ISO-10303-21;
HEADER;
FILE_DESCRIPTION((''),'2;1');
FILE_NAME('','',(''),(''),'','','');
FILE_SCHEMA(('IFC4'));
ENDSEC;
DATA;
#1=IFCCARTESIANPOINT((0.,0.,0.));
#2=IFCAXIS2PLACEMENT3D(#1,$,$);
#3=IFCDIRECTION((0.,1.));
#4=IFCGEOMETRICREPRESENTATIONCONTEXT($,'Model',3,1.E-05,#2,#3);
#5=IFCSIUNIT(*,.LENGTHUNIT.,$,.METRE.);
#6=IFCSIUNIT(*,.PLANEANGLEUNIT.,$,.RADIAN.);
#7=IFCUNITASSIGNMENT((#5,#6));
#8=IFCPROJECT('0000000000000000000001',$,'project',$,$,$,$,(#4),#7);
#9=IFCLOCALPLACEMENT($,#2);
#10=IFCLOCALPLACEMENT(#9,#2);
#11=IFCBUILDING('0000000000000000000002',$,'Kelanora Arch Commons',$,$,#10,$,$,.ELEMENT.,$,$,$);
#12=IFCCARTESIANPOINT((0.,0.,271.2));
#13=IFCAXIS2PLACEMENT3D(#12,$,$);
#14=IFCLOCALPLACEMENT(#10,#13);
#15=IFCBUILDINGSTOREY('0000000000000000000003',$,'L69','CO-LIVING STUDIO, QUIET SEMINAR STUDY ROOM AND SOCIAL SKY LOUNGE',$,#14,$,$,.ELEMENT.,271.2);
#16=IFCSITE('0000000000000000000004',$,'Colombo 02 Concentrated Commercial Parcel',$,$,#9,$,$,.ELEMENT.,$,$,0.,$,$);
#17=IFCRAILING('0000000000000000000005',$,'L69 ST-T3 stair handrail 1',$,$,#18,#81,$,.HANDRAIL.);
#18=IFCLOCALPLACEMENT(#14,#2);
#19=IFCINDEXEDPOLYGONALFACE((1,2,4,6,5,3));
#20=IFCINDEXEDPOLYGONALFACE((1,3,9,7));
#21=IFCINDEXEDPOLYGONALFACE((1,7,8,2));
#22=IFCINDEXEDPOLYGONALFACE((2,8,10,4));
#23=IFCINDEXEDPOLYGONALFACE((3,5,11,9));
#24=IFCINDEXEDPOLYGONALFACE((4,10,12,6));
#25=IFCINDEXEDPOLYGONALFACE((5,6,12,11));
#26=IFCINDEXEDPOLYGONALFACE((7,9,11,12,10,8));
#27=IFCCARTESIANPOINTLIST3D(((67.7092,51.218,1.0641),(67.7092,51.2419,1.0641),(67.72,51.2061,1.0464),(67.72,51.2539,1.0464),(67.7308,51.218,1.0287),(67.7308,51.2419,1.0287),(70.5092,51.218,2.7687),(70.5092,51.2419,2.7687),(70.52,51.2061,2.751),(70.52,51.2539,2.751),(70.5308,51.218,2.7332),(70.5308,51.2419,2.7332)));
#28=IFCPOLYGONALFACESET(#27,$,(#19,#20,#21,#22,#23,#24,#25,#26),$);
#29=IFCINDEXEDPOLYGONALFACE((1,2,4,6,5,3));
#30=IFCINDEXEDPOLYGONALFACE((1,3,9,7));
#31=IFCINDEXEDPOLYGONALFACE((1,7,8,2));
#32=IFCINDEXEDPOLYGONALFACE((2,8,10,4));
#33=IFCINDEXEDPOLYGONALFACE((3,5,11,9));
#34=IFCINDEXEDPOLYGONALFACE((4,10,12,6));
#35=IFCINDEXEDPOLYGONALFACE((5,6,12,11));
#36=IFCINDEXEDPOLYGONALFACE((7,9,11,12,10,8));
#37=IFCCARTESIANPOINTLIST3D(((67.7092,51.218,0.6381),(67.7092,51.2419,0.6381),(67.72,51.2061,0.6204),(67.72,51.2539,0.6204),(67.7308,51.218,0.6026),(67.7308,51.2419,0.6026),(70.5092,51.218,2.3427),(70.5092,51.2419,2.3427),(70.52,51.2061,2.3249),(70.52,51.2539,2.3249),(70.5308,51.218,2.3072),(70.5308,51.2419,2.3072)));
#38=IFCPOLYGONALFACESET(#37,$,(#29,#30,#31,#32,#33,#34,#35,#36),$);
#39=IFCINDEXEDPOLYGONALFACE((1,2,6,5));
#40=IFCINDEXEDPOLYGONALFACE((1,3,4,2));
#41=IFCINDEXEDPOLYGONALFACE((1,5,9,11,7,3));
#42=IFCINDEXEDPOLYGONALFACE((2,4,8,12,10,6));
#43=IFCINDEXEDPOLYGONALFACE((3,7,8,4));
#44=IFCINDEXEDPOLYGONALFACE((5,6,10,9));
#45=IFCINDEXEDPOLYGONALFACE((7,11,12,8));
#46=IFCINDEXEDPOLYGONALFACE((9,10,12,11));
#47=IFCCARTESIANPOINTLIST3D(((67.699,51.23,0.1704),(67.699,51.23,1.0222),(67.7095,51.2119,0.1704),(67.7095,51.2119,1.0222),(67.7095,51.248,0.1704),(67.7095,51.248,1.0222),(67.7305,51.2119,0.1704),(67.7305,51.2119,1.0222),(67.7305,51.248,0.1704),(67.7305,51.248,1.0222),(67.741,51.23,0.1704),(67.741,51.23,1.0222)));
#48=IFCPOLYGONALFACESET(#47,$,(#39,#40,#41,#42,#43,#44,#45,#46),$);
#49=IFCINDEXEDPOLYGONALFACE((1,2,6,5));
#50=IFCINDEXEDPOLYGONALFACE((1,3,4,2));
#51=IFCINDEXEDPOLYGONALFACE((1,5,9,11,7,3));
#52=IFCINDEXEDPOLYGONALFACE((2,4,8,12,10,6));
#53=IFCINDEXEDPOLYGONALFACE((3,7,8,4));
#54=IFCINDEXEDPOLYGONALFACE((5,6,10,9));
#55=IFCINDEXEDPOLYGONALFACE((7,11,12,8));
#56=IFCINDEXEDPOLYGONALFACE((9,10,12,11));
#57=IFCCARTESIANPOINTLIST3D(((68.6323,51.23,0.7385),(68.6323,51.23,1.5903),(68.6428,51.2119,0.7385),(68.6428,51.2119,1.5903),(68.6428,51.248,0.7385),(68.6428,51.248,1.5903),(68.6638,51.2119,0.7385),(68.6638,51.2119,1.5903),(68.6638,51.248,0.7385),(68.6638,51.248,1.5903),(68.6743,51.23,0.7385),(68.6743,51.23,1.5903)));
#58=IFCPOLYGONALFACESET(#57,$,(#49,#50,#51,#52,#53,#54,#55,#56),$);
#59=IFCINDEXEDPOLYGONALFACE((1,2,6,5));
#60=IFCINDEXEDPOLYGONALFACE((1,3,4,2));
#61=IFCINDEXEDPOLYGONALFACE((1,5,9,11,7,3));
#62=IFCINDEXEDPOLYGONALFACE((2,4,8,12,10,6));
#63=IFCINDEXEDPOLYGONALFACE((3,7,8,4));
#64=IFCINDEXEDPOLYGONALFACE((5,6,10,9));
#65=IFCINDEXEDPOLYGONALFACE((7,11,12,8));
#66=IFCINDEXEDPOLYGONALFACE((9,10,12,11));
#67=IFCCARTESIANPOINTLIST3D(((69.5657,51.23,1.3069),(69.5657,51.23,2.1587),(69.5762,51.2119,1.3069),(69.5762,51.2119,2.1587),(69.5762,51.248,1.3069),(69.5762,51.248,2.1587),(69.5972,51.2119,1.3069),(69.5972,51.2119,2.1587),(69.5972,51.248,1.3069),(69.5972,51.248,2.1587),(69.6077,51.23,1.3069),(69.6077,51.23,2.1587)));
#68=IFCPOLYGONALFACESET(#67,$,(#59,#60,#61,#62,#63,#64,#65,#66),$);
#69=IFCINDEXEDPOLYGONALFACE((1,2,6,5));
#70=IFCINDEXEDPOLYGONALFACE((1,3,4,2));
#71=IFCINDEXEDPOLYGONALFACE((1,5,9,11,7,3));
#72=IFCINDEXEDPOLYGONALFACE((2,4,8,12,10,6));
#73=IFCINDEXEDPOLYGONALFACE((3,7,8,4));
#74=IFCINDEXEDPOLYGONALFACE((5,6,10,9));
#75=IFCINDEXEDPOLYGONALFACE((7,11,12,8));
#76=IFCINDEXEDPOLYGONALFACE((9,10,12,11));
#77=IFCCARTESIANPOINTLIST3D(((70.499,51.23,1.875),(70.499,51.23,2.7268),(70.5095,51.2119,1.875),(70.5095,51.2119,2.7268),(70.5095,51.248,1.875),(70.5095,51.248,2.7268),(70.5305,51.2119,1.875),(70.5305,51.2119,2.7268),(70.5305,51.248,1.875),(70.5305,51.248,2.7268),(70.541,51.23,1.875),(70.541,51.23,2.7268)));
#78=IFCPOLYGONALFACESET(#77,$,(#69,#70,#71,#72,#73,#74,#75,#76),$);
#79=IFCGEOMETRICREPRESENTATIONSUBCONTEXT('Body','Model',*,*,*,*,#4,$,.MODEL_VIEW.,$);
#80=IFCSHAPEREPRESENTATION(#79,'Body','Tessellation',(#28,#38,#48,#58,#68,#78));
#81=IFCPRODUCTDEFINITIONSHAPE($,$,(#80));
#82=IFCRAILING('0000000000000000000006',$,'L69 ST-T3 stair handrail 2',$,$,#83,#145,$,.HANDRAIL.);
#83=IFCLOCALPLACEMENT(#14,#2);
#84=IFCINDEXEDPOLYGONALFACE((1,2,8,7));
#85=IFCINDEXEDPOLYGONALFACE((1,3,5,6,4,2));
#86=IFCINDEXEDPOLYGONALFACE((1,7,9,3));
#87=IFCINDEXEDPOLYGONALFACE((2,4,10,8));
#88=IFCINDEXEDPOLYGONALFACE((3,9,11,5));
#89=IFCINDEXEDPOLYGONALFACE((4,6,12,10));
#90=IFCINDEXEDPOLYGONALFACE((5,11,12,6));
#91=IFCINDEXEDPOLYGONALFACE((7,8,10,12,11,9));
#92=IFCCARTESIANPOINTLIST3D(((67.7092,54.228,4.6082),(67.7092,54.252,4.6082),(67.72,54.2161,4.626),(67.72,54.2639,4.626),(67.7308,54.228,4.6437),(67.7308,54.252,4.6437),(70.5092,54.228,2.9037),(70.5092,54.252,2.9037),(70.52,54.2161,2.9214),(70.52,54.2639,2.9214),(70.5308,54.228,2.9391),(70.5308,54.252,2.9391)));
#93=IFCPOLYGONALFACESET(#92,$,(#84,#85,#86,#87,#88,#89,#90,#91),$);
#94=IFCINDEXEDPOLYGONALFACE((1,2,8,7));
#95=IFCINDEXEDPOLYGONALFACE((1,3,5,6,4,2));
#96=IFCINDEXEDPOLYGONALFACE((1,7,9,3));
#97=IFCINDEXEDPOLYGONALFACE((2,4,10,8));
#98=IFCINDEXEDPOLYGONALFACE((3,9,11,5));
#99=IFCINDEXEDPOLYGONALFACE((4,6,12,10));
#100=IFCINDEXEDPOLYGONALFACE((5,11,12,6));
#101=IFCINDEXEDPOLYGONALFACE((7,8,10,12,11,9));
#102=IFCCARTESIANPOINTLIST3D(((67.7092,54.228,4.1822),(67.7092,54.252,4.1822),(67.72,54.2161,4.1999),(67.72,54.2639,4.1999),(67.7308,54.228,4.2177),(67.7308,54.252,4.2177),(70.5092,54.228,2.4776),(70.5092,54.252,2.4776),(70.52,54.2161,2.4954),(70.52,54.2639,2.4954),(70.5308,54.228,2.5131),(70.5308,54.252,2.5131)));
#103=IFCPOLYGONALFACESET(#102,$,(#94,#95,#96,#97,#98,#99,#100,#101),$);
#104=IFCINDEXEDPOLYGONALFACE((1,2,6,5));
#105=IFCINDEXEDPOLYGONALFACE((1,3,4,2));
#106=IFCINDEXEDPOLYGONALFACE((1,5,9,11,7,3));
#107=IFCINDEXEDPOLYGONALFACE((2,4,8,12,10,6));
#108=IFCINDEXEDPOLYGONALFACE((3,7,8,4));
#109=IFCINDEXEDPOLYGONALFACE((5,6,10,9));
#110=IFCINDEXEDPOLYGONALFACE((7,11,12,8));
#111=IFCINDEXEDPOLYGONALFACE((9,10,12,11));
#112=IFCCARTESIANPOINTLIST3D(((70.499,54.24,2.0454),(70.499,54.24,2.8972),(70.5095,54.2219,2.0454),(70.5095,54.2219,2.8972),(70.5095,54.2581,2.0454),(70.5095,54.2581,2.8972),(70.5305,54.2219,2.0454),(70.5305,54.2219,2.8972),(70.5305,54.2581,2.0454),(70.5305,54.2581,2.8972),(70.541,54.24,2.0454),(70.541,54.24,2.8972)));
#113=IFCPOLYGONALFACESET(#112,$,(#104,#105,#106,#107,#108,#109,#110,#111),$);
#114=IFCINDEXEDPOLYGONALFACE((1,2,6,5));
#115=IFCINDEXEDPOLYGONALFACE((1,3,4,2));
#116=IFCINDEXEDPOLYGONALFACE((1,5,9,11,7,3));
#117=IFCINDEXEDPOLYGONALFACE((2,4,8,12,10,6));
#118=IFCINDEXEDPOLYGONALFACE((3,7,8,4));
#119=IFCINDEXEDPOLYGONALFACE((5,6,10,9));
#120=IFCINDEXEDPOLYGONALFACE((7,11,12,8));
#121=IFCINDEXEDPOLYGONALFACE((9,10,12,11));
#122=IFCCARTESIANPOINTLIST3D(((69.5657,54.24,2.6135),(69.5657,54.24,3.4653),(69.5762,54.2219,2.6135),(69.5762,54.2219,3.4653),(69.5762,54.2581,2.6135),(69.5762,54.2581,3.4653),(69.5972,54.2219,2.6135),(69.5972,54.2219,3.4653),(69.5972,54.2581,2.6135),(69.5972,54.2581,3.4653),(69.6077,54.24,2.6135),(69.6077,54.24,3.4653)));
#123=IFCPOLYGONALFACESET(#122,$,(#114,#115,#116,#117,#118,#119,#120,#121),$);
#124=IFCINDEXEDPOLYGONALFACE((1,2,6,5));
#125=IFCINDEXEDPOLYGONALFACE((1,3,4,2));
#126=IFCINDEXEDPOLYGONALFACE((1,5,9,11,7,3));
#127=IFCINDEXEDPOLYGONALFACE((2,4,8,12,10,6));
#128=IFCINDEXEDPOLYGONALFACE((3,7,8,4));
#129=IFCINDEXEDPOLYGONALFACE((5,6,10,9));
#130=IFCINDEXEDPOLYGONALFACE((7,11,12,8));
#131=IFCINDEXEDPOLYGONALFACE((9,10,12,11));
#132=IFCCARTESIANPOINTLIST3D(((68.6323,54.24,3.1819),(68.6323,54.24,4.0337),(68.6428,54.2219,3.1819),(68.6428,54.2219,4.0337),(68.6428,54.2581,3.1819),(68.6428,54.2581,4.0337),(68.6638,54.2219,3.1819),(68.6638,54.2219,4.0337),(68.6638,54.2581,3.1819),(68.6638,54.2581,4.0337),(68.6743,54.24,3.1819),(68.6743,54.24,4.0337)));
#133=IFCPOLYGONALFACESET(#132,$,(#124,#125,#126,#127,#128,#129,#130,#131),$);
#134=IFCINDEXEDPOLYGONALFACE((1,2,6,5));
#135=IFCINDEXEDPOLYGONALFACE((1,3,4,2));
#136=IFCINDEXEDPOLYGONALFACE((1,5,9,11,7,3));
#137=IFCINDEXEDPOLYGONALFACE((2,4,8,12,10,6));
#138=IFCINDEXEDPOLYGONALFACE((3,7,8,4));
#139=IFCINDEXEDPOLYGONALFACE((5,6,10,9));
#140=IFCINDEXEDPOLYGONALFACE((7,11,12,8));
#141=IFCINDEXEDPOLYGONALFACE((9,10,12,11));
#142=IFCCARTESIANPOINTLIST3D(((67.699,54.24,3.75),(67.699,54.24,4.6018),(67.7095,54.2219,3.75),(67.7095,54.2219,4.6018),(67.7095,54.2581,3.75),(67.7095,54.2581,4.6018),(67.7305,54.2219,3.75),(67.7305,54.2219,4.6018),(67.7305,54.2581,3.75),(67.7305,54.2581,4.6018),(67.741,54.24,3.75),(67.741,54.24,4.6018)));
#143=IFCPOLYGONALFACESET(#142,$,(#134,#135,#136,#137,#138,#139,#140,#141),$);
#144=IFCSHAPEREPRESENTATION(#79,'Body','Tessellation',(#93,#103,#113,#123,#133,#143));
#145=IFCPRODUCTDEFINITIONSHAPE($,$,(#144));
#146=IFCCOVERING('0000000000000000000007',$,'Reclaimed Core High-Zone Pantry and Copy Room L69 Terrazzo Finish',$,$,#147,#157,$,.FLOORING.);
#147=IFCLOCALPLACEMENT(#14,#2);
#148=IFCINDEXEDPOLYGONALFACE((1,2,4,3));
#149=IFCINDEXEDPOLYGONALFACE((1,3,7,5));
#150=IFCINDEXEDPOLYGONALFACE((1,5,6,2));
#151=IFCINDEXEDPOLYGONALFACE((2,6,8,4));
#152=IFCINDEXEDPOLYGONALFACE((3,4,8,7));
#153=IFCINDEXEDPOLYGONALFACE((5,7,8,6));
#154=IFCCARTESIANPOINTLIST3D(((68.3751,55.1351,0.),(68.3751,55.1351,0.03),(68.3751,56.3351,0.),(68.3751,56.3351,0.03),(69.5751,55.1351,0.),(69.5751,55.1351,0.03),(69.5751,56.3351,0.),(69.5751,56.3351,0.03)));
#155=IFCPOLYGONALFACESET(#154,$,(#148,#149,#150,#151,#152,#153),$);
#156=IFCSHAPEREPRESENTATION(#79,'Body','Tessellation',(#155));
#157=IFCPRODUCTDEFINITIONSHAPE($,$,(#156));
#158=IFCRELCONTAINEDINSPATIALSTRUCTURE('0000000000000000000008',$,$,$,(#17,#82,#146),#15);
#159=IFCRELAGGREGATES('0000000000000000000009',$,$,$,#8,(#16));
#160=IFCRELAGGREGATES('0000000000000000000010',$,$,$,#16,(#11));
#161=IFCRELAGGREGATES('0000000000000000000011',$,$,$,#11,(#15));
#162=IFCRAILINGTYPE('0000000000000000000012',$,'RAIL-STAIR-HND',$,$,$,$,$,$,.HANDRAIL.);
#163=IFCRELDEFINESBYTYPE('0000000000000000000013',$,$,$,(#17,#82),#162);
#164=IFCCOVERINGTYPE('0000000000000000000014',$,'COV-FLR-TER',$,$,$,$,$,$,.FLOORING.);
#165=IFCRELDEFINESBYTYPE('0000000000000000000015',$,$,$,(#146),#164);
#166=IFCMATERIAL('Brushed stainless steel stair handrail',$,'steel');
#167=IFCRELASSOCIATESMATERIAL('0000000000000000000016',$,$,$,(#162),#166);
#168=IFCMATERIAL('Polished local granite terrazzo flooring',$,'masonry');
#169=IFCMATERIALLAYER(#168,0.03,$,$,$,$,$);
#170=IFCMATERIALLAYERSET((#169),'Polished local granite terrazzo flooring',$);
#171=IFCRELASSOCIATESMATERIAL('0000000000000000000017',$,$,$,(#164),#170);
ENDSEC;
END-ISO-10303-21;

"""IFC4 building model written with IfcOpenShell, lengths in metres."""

from ifc_helpers import new_model, si_unit, direction, frame, origin, origin_2d, place, context, subcontext, project, spatial, polyline, rectangle, outline, extrude, source, transform, mapped, material, layer, layer_set, type_object, element, save


model = new_model("IFC4")

# Units and contexts
model_context = context("Model", 3, precision=1e-05, world=origin(), true_north=direction((0.0, 1.0)))
body_context = subcontext(model_context, "Body", "Model", "MODEL_VIEW")
ifc_project = project(units=[si_unit("LENGTHUNIT", "METRE"), si_unit("PLANEANGLEUNIT", "RADIAN")], contexts=[model_context])

# Site, building, storey
site_placement = place(None, origin())
site = spatial("IfcSite", under=ifc_project, at=site_placement, Name="Colombo 02 Concentrated Commercial Parcel", CompositionType="ELEMENT", RefElevation=0.0)
building_placement = place(site_placement, origin())
building = spatial("IfcBuilding", under=site, at=building_placement, Name="Kelanora Arch Commons", CompositionType="ELEMENT")
storey_placement = place(building_placement, frame((0.0, 0.0, 271.2)))
storey = spatial("IfcBuildingStorey", under=building, at=storey_placement, Name="L69", Description="CO-LIVING STUDIO, QUIET SEMINAR STUDY ROOM AND SOCIAL SKY LOUNGE", CompositionType="ELEMENT", Elevation=271.2)

# Railings
ifc_material_1 = material(Name="Brushed stainless steel stair handrail", Category="steel")
railing_type_1 = type_object("IfcRailingType", Name="RAIL-STAIR-HND", PredefinedType="HANDRAIL", material=ifc_material_1)
railing_1_placement = place(storey_placement, frame((67.72, 51.23, 0.1704)))
element("IfcRailing", 1, at=railing_1_placement, inside=storey, type_object=railing_type_1, Name="L69 ST-T3 stair handrail 1", PredefinedType="HANDRAIL", context=body_context, shape_type="SweptSolid", body=[
    extrude(outline(polyline([(0.0239, 0.0), (0.012, 0.0208), (-0.012, 0.0208), (-0.0239, 0.0), (-0.012, -0.0208), (0.012, -0.0208), (0.0239, 0.0)])), frame((0.0, 0.0, 0.876), z_axis=(0.85417, 0.0, 0.519994), x_axis=(0.0, 1.0, 0.0)), (0.0, 0.0, 1.0), 3.2781),
    extrude(outline(polyline([(0.0239, 0.0), (0.012, 0.0208), (-0.012, 0.0208), (-0.0239, 0.0), (-0.012, -0.0208), (0.012, -0.0208), (0.0239, 0.0)])), frame((0.0, 0.0, 0.45), z_axis=(0.85417, 0.0, 0.519994), x_axis=(0.0, 1.0, 0.0)), (0.0, 0.0, 1.0), 3.2781),
    extrude(outline(polyline([(0.021, 0.0), (0.0105, 0.0181), (-0.0105, 0.0181), (-0.021, 0.0), (-0.0105, -0.0181), (0.0105, -0.0181), (0.021, 0.0)])), origin(), (0.0, 0.0, 1.0), 0.8518),
    extrude(outline(polyline([(0.021, 0.0), (0.0105, 0.0181), (-0.0105, 0.0181), (-0.021, 0.0), (-0.0105, -0.0181), (0.0105, -0.0181), (0.021, 0.0)])), frame((0.9333, 0.0, 0.5681)), (0.0, 0.0, 1.0), 0.8518),
    extrude(outline(polyline([(0.021, 0.0), (0.0105, 0.0181), (-0.0105, 0.0181), (-0.021, 0.0), (-0.0105, -0.0181), (0.0105, -0.0181), (0.021, 0.0)])), frame((1.8667, 0.0, 1.1365)), (0.0, 0.0, 1.0), 0.8518),
    extrude(outline(polyline([(0.021, 0.0), (0.0105, 0.0181), (-0.0105, 0.0181), (-0.021, 0.0), (-0.0105, -0.0181), (0.0105, -0.0181), (0.021, 0.0)])), frame((2.8, 0.0, 1.7046)), (0.0, 0.0, 1.0), 0.8518),
])
railing_2_placement = place(storey_placement, frame((70.52, 54.24, 2.0454)))
element("IfcRailing", 2, at=railing_2_placement, inside=storey, type_object=railing_type_1, Name="L69 ST-T3 stair handrail 2", PredefinedType="HANDRAIL", context=body_context, shape_type="SweptSolid", body=[
    extrude(outline(polyline([(0.0239, 0.0), (0.012, 0.0208), (-0.012, 0.0208), (-0.0239, 0.0), (-0.012, -0.0208), (0.012, -0.0208), (0.0239, 0.0)])), frame((0.0, 0.0, 0.876), z_axis=(-0.85417, 0.0, 0.519994), x_axis=(0.0, -1.0, 0.0)), (0.0, 0.0, 1.0), 3.2781),
    extrude(outline(polyline([(0.0239, 0.0), (0.012, 0.0208), (-0.012, 0.0208), (-0.0239, 0.0), (-0.012, -0.0208), (0.012, -0.0208), (0.0239, 0.0)])), frame((0.0, 0.0, 0.45), z_axis=(-0.85417, 0.0, 0.519994), x_axis=(0.0, -1.0, 0.0)), (0.0, 0.0, 1.0), 3.2781),
    extrude(outline(polyline([(0.021, 0.0), (0.0105, 0.0181), (-0.0105, 0.0181), (-0.021, 0.0), (-0.0105, -0.0181), (0.0105, -0.0181), (0.021, 0.0)])), origin(), (0.0, 0.0, 1.0), 0.8518),
    extrude(outline(polyline([(0.021, 0.0), (0.0105, 0.0181), (-0.0105, 0.0181), (-0.021, 0.0), (-0.0105, -0.0181), (0.0105, -0.0181), (0.021, 0.0)])), frame((-0.9333, 0.0, 0.5681)), (0.0, 0.0, 1.0), 0.8518),
    extrude(outline(polyline([(0.021, 0.0), (0.0105, 0.0181), (-0.0105, 0.0181), (-0.021, 0.0), (-0.0105, -0.0181), (0.0105, -0.0181), (0.021, 0.0)])), frame((-1.8667, 0.0, 1.1365)), (0.0, 0.0, 1.0), 0.8518),
    extrude(outline(polyline([(0.021, 0.0), (0.0105, 0.0181), (-0.0105, 0.0181), (-0.021, 0.0), (-0.0105, -0.0181), (0.0105, -0.0181), (0.021, 0.0)])), frame((-2.8, 0.0, 1.7046)), (0.0, 0.0, 1.0), 0.8518),
])

# Covering
ifc_material_2 = material(Name="Polished local granite terrazzo flooring", Category="masonry")
ifc_layer_1 = layer(ifc_material_2, 0.03)
ifc_layer_set_1 = layer_set([ifc_layer_1], Name="Polished local granite terrazzo flooring")
covering_type = type_object("IfcCoveringType", Name="COV-FLR-TER", PredefinedType="FLOORING", material=ifc_layer_set_1)
shared_shape = source(origin(), body_context, "Body", "SweptSolid", [
    extrude(rectangle(XDim=1.2, YDim=1.2, at=origin_2d()), origin(), (0.0, 0.0, 1.0), 0.03),
])
covering_placement = place(storey_placement, frame((68.9751, 55.7351, 0.0), z_axis=(0.0, 0.0, 1.0), x_axis=(1.0, 0.0, 0.0)))
element("IfcCovering", 3, at=covering_placement, inside=storey, type_object=covering_type, Name="Reclaimed Core High-Zone Pantry and Copy Room L69 Terrazzo Finish", PredefinedType="FLOORING", context=body_context, shape_type="MappedRepresentation", body=[
    mapped(shared_shape, transform((0.0, 0.0, 0.0), scale=1.0)),
])

save(model, "model.ifc")
